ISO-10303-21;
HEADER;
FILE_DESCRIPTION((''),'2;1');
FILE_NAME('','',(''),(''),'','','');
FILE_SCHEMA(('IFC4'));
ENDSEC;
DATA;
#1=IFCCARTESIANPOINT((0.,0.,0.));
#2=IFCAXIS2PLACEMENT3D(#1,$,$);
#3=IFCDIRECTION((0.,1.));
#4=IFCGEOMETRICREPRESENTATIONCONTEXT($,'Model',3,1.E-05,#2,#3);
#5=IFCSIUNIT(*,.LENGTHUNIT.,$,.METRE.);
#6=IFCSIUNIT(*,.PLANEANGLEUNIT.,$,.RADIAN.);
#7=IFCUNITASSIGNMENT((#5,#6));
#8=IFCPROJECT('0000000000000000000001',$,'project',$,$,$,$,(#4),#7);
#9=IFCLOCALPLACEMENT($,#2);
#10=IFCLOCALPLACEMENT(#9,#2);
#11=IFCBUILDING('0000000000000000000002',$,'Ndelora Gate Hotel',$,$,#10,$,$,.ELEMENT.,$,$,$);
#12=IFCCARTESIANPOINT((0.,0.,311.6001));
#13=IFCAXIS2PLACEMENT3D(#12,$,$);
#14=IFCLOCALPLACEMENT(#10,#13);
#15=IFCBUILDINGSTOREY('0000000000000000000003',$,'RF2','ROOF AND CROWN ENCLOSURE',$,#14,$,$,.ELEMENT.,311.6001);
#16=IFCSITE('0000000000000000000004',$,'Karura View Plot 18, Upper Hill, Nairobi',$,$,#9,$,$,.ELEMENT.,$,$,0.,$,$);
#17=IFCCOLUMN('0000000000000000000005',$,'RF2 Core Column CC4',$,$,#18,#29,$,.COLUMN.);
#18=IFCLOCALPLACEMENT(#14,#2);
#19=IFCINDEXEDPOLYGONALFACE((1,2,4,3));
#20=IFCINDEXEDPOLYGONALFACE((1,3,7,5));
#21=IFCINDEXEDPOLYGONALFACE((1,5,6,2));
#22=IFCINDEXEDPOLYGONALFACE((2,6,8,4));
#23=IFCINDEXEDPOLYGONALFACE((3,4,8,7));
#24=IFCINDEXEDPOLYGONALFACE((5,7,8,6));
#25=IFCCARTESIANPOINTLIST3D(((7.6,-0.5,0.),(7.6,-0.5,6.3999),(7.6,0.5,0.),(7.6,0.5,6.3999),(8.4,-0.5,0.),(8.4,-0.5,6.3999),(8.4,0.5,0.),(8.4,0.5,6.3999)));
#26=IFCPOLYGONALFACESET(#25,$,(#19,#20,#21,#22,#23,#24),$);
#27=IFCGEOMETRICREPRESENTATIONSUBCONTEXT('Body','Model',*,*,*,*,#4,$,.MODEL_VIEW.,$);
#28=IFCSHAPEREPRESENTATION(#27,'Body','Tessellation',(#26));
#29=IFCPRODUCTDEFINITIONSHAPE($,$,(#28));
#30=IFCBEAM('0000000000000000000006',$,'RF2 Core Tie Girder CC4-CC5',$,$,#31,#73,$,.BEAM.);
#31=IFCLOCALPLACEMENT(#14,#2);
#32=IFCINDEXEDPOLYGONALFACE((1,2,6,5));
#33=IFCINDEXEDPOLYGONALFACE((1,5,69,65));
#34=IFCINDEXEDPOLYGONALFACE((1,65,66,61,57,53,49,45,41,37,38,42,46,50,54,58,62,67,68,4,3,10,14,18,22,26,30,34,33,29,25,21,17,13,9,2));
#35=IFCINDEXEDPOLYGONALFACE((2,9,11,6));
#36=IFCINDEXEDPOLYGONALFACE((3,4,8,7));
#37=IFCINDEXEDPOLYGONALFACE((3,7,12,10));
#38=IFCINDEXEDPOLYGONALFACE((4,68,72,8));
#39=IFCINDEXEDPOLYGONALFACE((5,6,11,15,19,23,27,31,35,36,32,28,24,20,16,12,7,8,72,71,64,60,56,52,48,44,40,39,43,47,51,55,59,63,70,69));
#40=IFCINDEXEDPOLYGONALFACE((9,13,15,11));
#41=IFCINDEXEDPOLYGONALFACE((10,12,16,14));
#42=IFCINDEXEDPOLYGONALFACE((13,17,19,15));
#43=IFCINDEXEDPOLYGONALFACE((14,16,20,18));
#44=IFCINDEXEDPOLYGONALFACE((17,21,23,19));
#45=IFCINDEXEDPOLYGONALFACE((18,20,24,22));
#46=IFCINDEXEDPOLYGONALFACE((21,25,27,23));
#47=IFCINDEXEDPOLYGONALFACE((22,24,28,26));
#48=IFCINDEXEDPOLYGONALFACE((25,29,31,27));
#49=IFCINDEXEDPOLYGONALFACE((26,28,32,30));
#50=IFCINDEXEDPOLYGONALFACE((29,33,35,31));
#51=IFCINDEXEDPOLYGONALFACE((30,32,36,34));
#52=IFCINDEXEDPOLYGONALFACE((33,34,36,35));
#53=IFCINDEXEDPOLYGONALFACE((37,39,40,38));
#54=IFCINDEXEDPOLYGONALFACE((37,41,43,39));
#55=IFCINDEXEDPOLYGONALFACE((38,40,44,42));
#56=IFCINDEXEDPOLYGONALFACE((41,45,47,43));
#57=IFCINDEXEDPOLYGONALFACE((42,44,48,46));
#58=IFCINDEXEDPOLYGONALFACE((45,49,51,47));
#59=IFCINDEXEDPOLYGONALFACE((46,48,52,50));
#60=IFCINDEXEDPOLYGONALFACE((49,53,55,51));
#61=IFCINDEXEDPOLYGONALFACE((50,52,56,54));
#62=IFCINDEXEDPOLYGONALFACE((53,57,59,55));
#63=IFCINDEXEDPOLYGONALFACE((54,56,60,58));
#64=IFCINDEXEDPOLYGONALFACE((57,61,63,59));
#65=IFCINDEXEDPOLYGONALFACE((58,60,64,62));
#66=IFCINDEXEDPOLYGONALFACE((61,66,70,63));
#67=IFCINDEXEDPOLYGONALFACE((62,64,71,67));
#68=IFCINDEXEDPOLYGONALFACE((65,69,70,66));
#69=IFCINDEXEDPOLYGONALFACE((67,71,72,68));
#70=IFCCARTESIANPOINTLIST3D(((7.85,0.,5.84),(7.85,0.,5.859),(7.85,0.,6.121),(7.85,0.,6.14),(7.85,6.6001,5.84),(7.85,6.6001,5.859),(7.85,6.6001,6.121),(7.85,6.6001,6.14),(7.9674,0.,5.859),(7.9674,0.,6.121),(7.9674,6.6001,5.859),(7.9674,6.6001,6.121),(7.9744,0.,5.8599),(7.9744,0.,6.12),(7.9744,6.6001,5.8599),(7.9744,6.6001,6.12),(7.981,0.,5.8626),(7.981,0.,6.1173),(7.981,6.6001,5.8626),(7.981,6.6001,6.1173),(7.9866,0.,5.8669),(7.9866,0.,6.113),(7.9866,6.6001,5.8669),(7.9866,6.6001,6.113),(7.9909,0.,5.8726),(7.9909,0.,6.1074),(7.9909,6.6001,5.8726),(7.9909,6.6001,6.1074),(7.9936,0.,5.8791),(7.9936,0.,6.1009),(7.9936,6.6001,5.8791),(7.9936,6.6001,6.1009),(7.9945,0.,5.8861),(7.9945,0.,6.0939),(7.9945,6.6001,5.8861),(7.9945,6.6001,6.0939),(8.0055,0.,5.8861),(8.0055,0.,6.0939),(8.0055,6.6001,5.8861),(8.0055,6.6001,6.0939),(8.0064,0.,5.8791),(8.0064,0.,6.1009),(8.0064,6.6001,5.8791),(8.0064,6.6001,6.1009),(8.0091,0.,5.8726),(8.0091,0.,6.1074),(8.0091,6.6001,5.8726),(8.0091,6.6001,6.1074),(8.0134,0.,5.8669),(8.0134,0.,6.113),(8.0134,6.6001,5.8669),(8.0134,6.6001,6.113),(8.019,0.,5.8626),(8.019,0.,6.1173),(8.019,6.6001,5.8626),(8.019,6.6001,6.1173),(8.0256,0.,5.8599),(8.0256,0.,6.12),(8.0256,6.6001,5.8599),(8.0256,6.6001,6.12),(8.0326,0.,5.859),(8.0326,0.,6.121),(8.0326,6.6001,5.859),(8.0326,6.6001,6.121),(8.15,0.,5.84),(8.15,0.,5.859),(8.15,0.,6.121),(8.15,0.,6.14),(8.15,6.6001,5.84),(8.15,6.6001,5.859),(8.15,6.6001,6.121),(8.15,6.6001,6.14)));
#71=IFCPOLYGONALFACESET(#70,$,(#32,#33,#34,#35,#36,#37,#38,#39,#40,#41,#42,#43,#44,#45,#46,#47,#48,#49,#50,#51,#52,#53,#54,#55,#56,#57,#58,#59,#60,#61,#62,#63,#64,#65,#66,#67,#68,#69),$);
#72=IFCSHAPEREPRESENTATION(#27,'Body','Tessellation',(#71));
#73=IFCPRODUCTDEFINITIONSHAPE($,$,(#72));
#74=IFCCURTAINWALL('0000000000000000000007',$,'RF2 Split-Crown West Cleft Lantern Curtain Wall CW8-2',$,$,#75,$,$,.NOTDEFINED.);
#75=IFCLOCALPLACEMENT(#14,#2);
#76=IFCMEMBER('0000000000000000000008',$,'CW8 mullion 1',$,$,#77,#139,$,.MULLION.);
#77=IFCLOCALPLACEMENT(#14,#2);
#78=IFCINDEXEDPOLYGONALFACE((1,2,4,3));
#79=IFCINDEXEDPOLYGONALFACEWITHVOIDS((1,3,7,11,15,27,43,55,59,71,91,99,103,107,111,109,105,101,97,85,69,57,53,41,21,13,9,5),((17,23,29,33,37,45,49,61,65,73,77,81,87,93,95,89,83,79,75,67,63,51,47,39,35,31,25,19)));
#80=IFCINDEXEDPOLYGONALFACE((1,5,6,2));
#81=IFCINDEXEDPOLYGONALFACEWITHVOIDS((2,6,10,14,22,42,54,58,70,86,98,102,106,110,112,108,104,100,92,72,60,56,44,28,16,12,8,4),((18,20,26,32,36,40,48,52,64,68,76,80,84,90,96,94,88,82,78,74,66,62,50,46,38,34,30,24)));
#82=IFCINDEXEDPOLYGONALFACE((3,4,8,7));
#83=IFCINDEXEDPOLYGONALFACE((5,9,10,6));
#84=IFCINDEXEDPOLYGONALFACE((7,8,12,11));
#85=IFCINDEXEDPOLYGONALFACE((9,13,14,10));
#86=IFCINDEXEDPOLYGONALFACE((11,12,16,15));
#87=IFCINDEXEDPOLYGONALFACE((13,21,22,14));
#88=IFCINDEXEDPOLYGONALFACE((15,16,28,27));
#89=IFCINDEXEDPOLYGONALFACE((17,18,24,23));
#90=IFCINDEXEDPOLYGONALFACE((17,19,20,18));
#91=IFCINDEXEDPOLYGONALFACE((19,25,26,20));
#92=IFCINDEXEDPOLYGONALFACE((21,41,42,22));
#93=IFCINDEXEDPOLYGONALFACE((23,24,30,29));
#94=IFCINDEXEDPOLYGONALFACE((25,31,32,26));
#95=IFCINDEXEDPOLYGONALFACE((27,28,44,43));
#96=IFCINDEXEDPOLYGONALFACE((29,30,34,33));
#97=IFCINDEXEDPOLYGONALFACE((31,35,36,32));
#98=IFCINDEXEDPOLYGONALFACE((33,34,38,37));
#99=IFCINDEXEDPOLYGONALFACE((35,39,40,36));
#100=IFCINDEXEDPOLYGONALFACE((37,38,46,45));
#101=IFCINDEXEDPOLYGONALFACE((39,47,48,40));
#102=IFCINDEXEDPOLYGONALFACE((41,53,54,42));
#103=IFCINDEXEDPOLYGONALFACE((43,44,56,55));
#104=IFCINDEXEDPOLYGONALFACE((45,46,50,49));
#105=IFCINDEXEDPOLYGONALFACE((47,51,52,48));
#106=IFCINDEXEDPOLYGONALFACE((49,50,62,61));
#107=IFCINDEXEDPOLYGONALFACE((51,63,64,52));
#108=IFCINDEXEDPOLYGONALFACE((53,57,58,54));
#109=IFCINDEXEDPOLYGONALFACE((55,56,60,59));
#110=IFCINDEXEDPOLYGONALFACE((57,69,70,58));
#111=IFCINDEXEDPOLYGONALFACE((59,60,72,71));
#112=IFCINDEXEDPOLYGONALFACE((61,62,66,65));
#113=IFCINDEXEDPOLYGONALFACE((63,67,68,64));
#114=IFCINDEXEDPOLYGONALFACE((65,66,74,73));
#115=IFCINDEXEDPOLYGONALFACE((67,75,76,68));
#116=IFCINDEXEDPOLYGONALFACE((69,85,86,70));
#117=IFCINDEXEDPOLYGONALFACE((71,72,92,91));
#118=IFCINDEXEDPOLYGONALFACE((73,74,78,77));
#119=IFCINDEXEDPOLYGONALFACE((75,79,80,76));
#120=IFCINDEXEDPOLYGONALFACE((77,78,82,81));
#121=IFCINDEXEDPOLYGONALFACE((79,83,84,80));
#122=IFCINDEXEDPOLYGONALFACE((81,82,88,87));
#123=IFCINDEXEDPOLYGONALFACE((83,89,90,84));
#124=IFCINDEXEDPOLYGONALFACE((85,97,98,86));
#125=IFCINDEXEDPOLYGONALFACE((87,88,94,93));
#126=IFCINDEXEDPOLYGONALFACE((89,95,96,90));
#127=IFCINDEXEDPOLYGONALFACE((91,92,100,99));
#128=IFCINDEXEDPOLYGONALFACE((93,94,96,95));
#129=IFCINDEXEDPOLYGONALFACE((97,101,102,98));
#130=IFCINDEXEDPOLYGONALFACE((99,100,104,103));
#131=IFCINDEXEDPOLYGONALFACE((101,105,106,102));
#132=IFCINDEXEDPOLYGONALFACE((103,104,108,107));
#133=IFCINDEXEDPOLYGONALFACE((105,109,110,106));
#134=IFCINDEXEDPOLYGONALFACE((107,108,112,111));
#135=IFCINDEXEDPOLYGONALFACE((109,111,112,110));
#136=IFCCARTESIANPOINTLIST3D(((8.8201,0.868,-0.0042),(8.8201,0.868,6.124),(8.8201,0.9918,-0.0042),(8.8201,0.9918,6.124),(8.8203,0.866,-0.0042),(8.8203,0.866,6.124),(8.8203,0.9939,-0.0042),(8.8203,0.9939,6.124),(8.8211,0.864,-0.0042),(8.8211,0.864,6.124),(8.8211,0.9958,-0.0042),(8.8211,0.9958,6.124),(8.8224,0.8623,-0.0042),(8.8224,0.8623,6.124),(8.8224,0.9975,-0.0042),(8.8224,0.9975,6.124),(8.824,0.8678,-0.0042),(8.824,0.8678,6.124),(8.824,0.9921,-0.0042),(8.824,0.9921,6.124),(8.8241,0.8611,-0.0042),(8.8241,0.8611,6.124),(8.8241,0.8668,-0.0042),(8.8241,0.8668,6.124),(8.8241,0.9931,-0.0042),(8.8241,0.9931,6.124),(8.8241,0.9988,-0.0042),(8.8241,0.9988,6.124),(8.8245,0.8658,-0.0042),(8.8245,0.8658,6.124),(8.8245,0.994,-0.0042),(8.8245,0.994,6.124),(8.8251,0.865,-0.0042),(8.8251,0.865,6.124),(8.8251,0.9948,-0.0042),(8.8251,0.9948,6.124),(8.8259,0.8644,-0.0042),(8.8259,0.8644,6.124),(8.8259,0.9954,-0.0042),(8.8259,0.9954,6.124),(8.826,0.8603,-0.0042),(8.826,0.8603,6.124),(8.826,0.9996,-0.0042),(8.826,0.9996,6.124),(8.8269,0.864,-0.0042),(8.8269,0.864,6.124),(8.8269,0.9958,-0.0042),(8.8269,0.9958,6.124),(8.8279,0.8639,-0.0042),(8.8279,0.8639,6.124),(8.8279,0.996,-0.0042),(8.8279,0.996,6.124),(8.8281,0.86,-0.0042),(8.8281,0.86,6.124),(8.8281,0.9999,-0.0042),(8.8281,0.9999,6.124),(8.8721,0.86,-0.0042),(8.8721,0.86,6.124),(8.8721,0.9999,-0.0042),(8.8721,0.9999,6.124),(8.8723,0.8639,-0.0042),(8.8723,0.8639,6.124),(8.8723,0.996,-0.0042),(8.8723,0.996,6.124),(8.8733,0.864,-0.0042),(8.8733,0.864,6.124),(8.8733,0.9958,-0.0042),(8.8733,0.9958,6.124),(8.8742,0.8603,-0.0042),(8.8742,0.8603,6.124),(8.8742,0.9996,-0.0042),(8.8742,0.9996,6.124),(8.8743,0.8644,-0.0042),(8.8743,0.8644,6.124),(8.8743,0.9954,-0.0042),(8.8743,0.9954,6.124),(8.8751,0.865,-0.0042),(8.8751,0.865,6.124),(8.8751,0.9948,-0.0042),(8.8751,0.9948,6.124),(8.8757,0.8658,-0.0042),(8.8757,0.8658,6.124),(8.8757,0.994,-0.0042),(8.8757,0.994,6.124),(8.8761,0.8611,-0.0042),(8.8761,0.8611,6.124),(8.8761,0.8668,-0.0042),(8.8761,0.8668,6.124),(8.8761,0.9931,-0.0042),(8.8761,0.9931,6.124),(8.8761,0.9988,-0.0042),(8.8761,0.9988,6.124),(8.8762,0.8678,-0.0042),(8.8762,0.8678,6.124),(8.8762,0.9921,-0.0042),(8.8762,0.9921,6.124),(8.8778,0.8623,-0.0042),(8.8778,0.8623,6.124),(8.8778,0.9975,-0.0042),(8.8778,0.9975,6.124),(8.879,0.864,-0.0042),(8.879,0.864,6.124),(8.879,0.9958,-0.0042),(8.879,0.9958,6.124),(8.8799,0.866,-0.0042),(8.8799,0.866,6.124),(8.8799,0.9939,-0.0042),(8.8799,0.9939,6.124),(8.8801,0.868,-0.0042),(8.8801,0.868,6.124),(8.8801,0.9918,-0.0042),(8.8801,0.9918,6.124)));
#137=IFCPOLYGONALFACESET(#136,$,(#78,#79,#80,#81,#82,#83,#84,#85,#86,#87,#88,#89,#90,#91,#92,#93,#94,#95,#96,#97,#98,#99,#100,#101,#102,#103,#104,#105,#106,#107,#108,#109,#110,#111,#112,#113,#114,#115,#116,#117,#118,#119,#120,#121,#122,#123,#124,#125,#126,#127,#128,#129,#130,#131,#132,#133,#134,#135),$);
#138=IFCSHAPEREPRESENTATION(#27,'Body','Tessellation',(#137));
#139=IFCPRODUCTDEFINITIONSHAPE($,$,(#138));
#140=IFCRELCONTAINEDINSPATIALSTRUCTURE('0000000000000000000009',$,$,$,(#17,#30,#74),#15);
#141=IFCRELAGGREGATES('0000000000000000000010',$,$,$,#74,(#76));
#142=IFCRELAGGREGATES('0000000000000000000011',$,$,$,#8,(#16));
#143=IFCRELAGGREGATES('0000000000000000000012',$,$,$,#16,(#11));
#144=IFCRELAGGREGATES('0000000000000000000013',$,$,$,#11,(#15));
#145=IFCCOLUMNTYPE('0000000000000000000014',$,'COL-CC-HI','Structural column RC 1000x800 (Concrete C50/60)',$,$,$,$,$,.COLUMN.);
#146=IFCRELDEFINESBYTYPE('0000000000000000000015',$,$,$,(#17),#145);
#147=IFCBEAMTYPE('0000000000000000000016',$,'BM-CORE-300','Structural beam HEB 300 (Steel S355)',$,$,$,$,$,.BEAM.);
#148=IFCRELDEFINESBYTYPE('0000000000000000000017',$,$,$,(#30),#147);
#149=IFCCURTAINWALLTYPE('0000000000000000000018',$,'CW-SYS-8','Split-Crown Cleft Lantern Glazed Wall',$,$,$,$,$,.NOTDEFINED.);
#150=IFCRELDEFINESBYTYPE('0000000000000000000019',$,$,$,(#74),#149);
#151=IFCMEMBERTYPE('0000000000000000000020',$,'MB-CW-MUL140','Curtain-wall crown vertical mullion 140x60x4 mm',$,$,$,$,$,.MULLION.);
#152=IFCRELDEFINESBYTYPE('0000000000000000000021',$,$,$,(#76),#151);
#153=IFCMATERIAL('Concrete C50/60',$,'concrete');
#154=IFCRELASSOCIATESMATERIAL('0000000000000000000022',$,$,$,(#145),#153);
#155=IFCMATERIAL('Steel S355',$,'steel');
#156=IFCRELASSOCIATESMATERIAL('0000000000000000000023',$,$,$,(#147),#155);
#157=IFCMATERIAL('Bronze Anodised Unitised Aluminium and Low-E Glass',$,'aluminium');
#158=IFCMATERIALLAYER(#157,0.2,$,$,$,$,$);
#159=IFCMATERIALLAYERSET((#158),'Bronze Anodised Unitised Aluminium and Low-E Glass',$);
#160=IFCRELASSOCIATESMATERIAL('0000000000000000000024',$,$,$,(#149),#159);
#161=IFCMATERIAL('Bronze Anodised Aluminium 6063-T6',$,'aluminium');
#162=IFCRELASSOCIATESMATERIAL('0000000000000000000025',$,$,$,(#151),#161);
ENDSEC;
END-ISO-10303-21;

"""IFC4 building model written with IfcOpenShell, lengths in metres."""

from ifc_helpers import new_model, si_unit, direction, frame, origin, origin_2d, place, context, subcontext, project, spatial, rectangle, hollow_rectangle, i_section, extrude, material, layer, layer_set, material_profile, profile_set, type_object, element, aggregate, save


model = new_model("IFC4")

# Units and contexts
model_context = context("Model", 3, precision=1e-05, world=origin(), true_north=direction((0.0, 1.0)))
body_context = subcontext(model_context, "Body", "Model", "MODEL_VIEW")
ifc_project = project(units=[si_unit("LENGTHUNIT", "METRE"), si_unit("PLANEANGLEUNIT", "RADIAN")], contexts=[model_context])

# Site, building, storey
site_placement = place(None, origin())
site = spatial("IfcSite", under=ifc_project, at=site_placement, Name="Karura View Plot 18, Upper Hill, Nairobi", CompositionType="ELEMENT", RefElevation=0.0)
building_placement = place(site_placement, origin())
building = spatial("IfcBuilding", under=site, at=building_placement, Name="Ndelora Gate Hotel", CompositionType="ELEMENT")
storey_placement = place(building_placement, frame((0.0, 0.0, 311.6001)))
storey = spatial("IfcBuildingStorey", under=building, at=storey_placement, Name="RF2", Description="ROOF AND CROWN ENCLOSURE", CompositionType="ELEMENT", Elevation=311.6001)

# Column
ifc_material_1 = material(Name="Concrete C50/60", Category="concrete")
ifc_material_profile_1 = material_profile(ifc_material_1, rectangle(XDim=0.8, YDim=1.0, at=origin_2d()), Name="RC 1000x800")
ifc_profile_set_1 = profile_set([ifc_material_profile_1], Name="Concrete C50/60")
column_type = type_object("IfcColumnType", Name="COL-CC-HI", Description="Structural column RC 1000x800 (Concrete C50/60)", PredefinedType="COLUMN", material=ifc_profile_set_1)
column_placement = place(storey_placement, frame((8.0, 0.0, 0.0), z_axis=(0.0, 0.0, 1.0), x_axis=(1.0, 0.0, 0.0)))
element("IfcColumn", 1, at=column_placement, inside=storey, type_object=column_type, Name="RF2 Core Column CC4", PredefinedType="COLUMN", context=body_context, shape_type="SweptSolid", body=[
    extrude(rectangle(XDim=0.8, YDim=1.0, at=origin_2d()), origin(), (0.0, 0.0, 1.0), 6.3999),
])

# Beam
ifc_material_2 = material(Name="Steel S355", Category="steel")
ifc_material_profile_2 = material_profile(ifc_material_2, i_section(OverallWidth=0.3, OverallDepth=0.3, WebThickness=0.011, FlangeThickness=0.019, FilletRadius=0.0271, at=origin_2d()), Name="HEB 300")
ifc_profile_set_2 = profile_set([ifc_material_profile_2], Name="Steel S355")
beam_type = type_object("IfcBeamType", Name="BM-CORE-300", Description="Structural beam HEB 300 (Steel S355)", PredefinedType="BEAM", material=ifc_profile_set_2)
beam_placement = place(storey_placement, frame((8.0, 0.0, 5.99), z_axis=(0.0, 1.0, 0.0), x_axis=(-1.0, 0.0, 0.0)))
element("IfcBeam", 2, at=beam_placement, inside=storey, type_object=beam_type, Name="RF2 Core Tie Girder CC4-CC5", PredefinedType="BEAM", context=body_context, shape_type="SweptSolid", body=[
    extrude(i_section(OverallWidth=0.3, OverallDepth=0.3, WebThickness=0.011, FlangeThickness=0.019, FilletRadius=0.0271, at=origin_2d()), origin(), (0.0, 0.0, 1.0), 6.6001),
])

# Curtain wall, member
ifc_material_3 = material(Name="Bronze Anodised Unitised Aluminium and Low-E Glass", Category="aluminium")
ifc_layer_1 = layer(ifc_material_3, 0.2)
ifc_layer_set_1 = layer_set([ifc_layer_1], Name="Bronze Anodised Unitised Aluminium and Low-E Glass")
curtain_wall_type = type_object("IfcCurtainWallType", Name="CW-SYS-8", Description="Split-Crown Cleft Lantern Glazed Wall", PredefinedType="NOTDEFINED", material=ifc_layer_set_1)
curtain_wall_placement = place(storey_placement, origin())
curtain_wall = element("IfcCurtainWall", 3, at=curtain_wall_placement, inside=storey, type_object=curtain_wall_type, Name="RF2 Split-Crown West Cleft Lantern Curtain Wall CW8-2", PredefinedType="NOTDEFINED")
ifc_material_4 = material(Name="Bronze Anodised Aluminium 6063-T6", Category="aluminium")
ifc_material_profile_3 = material_profile(ifc_material_4, hollow_rectangle(XDim=0.0601, YDim=0.1399, WallThickness=0.0039, InnerFilletRadius=0.0039, OuterFilletRadius=0.0081, at=origin_2d()), Name="ALU 140x60x4")
ifc_profile_set_3 = profile_set([ifc_material_profile_3], Name="Bronze Anodised Aluminium 6063-T6")
member_type_1 = type_object("IfcMemberType", Name="MB-CW-MUL140", Description="Curtain-wall crown vertical mullion 140x60x4 mm", PredefinedType="MULLION", material=ifc_profile_set_3)
member_1_placement = place(storey_placement, frame((8.8501, 0.9299, -0.0042), z_axis=(0.0, 0.0, 1.0), x_axis=(-1.0, 0.0, 0.0)))
member_1 = element("IfcMember", 4, at=member_1_placement, type_object=member_type_1, Name="CW8 mullion 1", PredefinedType="MULLION", context=body_context, shape_type="SweptSolid", body=[
    extrude(hollow_rectangle(XDim=0.0601, YDim=0.1399, WallThickness=0.0039, InnerFilletRadius=0.0039, OuterFilletRadius=0.0081, at=origin_2d()), origin(), (0.0, 0.0, 1.0), 6.1282),
])
aggregate(curtain_wall, [member_1])

save(model, "model.ifc")
